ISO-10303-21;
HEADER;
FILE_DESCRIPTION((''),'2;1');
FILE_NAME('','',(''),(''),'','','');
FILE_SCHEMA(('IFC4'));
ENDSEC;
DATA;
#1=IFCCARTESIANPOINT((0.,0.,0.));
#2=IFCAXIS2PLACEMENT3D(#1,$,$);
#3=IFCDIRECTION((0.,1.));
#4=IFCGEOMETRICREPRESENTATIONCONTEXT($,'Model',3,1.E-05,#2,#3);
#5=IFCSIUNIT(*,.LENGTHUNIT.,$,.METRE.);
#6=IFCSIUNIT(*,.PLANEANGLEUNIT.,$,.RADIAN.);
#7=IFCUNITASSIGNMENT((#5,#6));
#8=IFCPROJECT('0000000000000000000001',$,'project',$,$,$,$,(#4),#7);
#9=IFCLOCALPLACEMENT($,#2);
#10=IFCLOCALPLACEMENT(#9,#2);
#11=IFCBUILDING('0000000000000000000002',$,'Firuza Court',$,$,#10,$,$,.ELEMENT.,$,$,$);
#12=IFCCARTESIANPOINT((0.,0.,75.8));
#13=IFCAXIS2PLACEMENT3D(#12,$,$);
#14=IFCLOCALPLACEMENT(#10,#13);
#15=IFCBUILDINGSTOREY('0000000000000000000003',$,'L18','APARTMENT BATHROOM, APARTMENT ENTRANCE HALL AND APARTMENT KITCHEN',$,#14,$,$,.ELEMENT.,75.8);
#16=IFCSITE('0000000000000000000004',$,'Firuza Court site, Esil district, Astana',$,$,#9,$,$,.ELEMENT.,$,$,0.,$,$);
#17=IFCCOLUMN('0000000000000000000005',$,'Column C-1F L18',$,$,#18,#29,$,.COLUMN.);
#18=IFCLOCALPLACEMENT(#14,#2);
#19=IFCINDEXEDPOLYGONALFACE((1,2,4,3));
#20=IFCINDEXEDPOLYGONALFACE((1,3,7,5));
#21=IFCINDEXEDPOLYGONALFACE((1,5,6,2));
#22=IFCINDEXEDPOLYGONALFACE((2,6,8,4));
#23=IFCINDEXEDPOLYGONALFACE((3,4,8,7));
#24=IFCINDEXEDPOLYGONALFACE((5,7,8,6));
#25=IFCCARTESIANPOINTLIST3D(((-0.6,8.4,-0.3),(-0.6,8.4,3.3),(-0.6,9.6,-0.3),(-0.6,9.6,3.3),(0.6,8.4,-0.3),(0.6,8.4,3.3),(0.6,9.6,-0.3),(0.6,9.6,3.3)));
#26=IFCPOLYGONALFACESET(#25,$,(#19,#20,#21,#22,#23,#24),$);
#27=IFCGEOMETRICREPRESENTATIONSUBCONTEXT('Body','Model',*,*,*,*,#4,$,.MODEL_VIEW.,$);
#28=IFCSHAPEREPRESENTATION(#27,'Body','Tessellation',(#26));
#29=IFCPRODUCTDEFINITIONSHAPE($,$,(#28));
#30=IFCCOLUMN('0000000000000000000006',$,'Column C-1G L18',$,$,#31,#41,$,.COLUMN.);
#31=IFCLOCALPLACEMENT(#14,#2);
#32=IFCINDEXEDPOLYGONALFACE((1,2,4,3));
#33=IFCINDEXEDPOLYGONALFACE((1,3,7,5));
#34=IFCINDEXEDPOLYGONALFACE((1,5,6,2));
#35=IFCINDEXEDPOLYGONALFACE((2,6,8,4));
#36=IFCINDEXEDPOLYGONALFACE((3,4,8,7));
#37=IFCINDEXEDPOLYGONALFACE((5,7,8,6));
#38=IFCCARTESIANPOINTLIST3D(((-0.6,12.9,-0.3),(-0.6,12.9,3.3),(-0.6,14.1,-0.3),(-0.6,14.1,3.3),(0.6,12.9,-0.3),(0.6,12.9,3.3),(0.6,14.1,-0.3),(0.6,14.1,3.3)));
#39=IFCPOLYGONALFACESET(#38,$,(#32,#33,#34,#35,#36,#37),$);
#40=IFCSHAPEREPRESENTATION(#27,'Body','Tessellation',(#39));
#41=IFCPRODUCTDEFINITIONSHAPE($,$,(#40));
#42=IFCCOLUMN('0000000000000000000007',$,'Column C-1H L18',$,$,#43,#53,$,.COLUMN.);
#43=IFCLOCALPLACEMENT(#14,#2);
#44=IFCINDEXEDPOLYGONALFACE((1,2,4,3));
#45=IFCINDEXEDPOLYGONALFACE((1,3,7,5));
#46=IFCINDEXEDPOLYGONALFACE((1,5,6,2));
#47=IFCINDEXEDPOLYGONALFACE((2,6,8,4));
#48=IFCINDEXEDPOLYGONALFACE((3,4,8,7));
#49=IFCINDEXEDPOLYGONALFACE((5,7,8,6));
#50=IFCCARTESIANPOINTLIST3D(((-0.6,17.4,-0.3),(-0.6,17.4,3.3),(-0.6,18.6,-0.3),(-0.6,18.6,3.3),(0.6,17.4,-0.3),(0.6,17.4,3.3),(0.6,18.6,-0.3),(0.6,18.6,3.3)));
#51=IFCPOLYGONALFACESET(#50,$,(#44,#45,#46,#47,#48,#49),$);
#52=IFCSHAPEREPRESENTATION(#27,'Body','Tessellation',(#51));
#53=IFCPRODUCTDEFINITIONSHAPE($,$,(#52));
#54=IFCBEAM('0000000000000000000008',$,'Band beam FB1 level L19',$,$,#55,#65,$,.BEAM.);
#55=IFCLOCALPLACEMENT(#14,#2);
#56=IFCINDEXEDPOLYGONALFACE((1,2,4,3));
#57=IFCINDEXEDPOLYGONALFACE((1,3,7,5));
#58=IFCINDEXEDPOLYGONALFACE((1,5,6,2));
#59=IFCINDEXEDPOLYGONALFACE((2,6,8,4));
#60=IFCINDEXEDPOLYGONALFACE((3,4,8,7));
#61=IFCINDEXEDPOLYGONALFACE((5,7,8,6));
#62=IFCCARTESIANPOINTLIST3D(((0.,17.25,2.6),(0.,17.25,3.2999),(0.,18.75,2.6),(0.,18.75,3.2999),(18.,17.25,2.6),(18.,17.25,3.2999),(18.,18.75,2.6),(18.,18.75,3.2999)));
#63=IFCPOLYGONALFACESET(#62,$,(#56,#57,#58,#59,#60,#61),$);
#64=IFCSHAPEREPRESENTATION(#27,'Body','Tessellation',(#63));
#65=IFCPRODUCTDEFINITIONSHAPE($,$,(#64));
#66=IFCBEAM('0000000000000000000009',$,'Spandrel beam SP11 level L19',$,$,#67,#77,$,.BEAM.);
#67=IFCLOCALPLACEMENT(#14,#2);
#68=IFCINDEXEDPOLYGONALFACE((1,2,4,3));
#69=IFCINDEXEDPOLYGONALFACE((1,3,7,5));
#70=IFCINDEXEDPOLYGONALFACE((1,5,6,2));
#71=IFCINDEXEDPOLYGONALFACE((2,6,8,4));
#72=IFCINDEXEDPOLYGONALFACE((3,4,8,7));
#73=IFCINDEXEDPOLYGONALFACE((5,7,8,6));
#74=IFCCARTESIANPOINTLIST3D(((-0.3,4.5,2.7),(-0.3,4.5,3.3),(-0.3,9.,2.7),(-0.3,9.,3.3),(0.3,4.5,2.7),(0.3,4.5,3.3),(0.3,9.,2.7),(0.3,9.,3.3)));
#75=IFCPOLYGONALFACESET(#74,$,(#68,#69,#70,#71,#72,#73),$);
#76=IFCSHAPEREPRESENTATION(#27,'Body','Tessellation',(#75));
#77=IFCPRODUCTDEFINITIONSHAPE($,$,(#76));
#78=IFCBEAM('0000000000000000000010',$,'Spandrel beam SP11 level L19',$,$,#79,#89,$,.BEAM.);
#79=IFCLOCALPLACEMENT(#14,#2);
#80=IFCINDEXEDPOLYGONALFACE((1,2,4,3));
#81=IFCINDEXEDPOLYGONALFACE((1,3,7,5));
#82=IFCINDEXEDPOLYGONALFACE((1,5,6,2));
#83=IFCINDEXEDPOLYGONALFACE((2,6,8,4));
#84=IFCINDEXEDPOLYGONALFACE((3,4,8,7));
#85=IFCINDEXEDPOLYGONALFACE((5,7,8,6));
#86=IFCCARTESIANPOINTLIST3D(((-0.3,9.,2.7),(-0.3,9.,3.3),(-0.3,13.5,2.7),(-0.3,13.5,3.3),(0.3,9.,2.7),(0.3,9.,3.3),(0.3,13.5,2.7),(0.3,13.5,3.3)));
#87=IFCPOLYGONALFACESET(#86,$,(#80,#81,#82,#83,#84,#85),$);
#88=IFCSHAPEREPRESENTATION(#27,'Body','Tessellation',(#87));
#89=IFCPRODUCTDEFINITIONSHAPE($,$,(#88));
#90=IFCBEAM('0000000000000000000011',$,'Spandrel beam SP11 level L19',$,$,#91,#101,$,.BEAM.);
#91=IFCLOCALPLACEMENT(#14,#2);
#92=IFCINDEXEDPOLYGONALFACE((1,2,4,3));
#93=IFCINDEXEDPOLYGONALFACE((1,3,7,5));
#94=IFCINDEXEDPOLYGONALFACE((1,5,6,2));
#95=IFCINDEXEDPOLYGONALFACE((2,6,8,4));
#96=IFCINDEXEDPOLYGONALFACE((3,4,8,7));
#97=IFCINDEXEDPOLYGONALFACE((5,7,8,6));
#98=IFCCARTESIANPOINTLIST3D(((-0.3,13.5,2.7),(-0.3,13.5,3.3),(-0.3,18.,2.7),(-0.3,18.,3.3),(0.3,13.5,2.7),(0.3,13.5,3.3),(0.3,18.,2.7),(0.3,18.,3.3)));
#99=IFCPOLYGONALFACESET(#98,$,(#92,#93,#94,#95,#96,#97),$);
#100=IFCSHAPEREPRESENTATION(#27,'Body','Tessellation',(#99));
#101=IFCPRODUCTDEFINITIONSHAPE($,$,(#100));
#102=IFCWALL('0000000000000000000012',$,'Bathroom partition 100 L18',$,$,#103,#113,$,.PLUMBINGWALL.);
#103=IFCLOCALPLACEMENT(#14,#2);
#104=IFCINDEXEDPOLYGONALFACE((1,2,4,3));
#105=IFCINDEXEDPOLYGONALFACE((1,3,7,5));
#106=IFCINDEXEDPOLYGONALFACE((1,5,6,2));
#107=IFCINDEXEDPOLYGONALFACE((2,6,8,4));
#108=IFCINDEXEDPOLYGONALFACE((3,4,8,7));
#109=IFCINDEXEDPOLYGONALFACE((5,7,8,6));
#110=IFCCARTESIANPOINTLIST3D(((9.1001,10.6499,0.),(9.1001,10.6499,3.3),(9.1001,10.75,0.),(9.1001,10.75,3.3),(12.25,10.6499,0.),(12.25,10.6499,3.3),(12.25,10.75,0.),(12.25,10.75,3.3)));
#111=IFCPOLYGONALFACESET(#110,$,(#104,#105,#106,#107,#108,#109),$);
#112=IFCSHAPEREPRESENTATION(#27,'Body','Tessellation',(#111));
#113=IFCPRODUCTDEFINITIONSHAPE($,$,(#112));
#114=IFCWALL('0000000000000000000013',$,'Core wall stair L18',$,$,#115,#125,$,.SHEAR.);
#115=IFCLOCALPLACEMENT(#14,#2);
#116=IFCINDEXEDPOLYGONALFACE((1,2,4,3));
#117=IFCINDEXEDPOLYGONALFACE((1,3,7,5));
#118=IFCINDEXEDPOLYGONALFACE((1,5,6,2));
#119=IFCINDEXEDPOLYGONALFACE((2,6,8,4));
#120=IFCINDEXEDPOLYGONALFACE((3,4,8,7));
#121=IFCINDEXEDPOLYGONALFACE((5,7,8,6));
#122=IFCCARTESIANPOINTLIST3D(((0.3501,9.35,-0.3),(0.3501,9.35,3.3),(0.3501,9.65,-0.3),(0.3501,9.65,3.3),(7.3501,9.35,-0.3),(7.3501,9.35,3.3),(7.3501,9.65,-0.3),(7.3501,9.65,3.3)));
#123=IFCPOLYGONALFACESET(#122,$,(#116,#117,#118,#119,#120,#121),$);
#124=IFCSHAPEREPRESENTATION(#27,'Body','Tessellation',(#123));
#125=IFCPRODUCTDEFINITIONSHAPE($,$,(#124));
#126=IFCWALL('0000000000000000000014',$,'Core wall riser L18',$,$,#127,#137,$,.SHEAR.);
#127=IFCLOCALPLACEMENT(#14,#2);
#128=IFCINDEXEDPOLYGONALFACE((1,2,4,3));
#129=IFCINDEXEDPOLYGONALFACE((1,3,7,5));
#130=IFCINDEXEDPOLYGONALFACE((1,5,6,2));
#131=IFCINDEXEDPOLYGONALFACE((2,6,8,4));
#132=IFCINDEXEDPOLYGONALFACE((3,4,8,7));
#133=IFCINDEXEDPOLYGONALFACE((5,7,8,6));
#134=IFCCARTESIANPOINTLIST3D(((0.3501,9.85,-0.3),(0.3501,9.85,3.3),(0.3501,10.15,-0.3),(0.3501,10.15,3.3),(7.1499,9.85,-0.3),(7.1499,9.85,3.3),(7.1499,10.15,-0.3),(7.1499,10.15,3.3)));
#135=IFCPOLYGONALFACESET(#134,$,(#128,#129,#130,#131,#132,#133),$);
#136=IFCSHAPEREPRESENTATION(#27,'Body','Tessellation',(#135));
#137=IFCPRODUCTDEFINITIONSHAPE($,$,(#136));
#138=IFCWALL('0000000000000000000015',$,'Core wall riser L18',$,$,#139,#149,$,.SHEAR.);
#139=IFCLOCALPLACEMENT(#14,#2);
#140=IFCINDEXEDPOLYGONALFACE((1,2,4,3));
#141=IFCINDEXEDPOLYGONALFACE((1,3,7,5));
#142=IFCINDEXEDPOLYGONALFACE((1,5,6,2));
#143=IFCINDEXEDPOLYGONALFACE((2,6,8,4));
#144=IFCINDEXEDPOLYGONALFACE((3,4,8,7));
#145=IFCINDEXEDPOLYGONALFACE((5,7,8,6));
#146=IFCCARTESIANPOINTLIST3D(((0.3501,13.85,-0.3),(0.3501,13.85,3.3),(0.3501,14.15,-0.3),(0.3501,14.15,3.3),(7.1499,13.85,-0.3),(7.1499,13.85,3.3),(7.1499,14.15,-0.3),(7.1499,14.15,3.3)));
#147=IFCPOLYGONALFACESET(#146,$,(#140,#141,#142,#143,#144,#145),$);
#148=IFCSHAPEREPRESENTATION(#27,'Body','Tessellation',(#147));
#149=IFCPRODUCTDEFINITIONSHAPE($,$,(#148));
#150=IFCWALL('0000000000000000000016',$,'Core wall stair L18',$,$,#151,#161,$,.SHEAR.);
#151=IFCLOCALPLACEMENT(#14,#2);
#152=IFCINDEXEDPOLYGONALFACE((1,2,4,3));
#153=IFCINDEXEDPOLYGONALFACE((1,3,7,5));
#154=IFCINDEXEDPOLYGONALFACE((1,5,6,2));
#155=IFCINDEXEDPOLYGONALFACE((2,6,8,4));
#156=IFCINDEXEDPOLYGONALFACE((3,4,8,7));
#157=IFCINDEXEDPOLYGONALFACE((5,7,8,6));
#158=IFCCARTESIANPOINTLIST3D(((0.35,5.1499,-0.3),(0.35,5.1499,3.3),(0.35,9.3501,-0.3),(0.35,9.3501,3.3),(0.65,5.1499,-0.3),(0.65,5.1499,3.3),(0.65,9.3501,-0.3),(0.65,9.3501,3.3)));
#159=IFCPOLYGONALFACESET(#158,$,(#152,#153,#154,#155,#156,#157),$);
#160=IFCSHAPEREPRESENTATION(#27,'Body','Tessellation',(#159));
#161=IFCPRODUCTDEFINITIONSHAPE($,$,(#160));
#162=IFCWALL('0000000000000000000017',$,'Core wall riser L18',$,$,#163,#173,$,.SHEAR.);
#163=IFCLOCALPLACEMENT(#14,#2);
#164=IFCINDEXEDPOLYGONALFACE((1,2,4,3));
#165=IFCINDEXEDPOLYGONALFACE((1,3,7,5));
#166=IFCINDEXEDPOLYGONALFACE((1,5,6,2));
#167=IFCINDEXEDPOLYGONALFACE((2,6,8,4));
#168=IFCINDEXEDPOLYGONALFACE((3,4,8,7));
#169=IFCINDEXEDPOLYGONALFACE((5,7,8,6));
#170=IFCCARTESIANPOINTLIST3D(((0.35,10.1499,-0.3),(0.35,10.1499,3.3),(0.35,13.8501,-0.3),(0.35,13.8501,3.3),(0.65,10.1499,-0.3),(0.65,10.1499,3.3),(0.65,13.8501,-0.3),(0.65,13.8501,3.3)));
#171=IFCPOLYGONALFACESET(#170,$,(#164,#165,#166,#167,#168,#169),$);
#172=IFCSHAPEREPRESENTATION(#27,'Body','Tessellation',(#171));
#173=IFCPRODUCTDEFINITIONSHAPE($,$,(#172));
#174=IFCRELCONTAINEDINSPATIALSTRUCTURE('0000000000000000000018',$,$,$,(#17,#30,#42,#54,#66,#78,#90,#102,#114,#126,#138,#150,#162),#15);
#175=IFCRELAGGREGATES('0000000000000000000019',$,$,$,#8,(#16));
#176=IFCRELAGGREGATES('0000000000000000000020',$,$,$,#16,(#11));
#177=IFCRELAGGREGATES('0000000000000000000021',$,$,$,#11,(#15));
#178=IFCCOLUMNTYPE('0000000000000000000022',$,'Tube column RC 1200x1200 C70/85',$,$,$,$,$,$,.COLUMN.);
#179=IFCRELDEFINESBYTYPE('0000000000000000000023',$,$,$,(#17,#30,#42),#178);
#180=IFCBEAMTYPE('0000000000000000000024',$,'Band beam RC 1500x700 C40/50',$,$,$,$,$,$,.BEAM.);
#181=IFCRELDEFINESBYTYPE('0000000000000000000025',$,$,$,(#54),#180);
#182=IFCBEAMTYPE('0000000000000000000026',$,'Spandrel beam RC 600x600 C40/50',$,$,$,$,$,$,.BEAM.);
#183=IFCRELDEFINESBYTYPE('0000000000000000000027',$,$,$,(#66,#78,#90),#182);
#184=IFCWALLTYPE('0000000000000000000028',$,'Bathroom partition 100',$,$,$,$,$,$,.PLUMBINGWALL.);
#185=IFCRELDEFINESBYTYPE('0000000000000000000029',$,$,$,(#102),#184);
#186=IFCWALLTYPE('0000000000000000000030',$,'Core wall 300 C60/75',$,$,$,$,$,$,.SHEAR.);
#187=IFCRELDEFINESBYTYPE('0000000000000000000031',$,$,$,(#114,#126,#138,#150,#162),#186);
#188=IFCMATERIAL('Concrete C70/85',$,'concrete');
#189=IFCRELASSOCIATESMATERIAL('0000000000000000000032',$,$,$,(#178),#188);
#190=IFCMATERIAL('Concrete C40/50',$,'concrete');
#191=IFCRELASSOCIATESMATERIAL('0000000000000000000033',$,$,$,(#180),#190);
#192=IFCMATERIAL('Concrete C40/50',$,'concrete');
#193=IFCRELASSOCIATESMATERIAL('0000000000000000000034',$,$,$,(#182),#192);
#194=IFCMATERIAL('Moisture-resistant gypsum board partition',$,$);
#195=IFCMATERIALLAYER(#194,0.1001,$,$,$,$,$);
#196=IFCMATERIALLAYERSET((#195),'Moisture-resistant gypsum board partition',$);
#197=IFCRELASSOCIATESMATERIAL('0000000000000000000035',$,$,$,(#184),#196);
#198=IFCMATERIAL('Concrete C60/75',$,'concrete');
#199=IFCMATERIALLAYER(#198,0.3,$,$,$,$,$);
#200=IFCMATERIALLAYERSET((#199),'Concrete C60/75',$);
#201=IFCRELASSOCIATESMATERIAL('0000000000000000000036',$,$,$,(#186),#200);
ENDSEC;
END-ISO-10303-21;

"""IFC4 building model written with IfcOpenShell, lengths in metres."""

from ifc_helpers import new_model, si_unit, direction, frame, frame_2d, origin, origin_2d, place, context, subcontext, project, spatial, rectangle, extrude, material, layer, layer_set, material_profile, profile_set, type_object, element, save


model = new_model("IFC4")

# Units and contexts
model_context = context("Model", 3, precision=1e-05, world=origin(), true_north=direction((0.0, 1.0)))
body_context = subcontext(model_context, "Body", "Model", "MODEL_VIEW")
ifc_project = project(units=[si_unit("LENGTHUNIT", "METRE"), si_unit("PLANEANGLEUNIT", "RADIAN")], contexts=[model_context])

# Site, building, storey
site_placement = place(None, origin())
site = spatial("IfcSite", under=ifc_project, at=site_placement, Name="Firuza Court site, Esil district, Astana", CompositionType="ELEMENT", RefElevation=0.0)
building_placement = place(site_placement, origin())
building = spatial("IfcBuilding", under=site, at=building_placement, Name="Firuza Court", CompositionType="ELEMENT")
storey_placement = place(building_placement, frame((0.0, 0.0, 75.8)))
storey = spatial("IfcBuildingStorey", under=building, at=storey_placement, Name="L18", Description="APARTMENT BATHROOM, APARTMENT ENTRANCE HALL AND APARTMENT KITCHEN", CompositionType="ELEMENT", Elevation=75.8)

# Columns
ifc_material_1 = material(Name="Concrete C70/85", Category="concrete")
ifc_material_profile_1 = material_profile(ifc_material_1, rectangle(XDim=1.2, YDim=1.2, at=origin_2d()), Name="RC 1200x1200")
ifc_profile_set_1 = profile_set([ifc_material_profile_1], Name="Concrete C70/85")
column_type = type_object("IfcColumnType", Name="Tube column RC 1200x1200 C70/85", PredefinedType="COLUMN", material=ifc_profile_set_1)
for number, where, z_axis, x_axis, name in (
    (1, (0.0, 9.0, -0.3), (0.0, 0.0, 1.0), (1.0, 0.0, 0.0), "Column C-1F L18"),
    (2, (0.0, 13.5, -0.3), (0.0, 0.0, 1.0), (1.0, 0.0, 0.0), "Column C-1G L18"),
    (3, (0.0, 18.0, -0.3), (0.0, 0.0, 1.0), (1.0, 0.0, 0.0), "Column C-1H L18"),
):
    element("IfcColumn", number, at=place(storey_placement, frame(where, z_axis=z_axis, x_axis=x_axis)), inside=storey, type_object=column_type, Name=name, PredefinedType="COLUMN", context=body_context, shape_type="SweptSolid", body=[
        extrude(rectangle(XDim=1.2, YDim=1.2, at=origin_2d()), origin(), (0.0, 0.0, 1.0), 3.6001),
    ])

# Beams
ifc_material_2 = material(Name="Concrete C40/50", Category="concrete")
ifc_material_profile_2 = material_profile(ifc_material_2, rectangle(XDim=1.5, YDim=0.7, at=origin_2d()), Name="RC 1500x700")
ifc_profile_set_2 = profile_set([ifc_material_profile_2], Name="Concrete C40/50")
beam_type_1 = type_object("IfcBeamType", Name="Band beam RC 1500x700 C40/50", PredefinedType="BEAM", material=ifc_profile_set_2)
beam_placement = place(storey_placement, frame((0.0, 18.0, 2.95), z_axis=(1.0, 0.0, 0.0), x_axis=(0.0, 1.0, 0.0)))
element("IfcBeam", 4, at=beam_placement, inside=storey, type_object=beam_type_1, Name="Band beam FB1 level L19", PredefinedType="BEAM", context=body_context, shape_type="SweptSolid", body=[
    extrude(rectangle(XDim=1.5, YDim=0.7, at=origin_2d()), origin(), (0.0, 0.0, 1.0), 18.0),
])
ifc_material_3 = material(Name="Concrete C40/50", Category="concrete")
ifc_material_profile_3 = material_profile(ifc_material_3, rectangle(XDim=0.6001, YDim=0.6001, at=origin_2d()), Name="RC 600x600")
ifc_profile_set_3 = profile_set([ifc_material_profile_3], Name="Concrete C40/50")
beam_type_2 = type_object("IfcBeamType", Name="Spandrel beam RC 600x600 C40/50", PredefinedType="BEAM", material=ifc_profile_set_3)
for number, where, z_axis, x_axis, name in (
    (5, (0.0, 9.0, 3.0), (0.0, -1.0, 0.0), (1.0, 0.0, 0.0), "Spandrel beam SP11 level L19"),
    (6, (0.0, 13.5, 3.0), (0.0, -1.0, 0.0), (1.0, 0.0, 0.0), "Spandrel beam SP11 level L19"),
    (7, (0.0, 18.0, 3.0), (0.0, -1.0, 0.0), (1.0, 0.0, 0.0), "Spandrel beam SP11 level L19"),
):
    element("IfcBeam", number, at=place(storey_placement, frame(where, z_axis=z_axis, x_axis=x_axis)), inside=storey, type_object=beam_type_2, Name=name, PredefinedType="BEAM", context=body_context, shape_type="SweptSolid", body=[
        extrude(rectangle(XDim=0.6001, YDim=0.6001, at=origin_2d()), origin(), (0.0, 0.0, 1.0), 4.5),
    ])

# Walls
ifc_material_4 = material(Name="Moisture-resistant gypsum board partition")
ifc_layer_1 = layer(ifc_material_4, 0.1001)
ifc_layer_set_1 = layer_set([ifc_layer_1], Name="Moisture-resistant gypsum board partition")
wall_type_1 = type_object("IfcWallType", Name="Bathroom partition 100", PredefinedType="PLUMBINGWALL", material=ifc_layer_set_1)
wall_1_placement = place(storey_placement, frame((9.1001, 10.7, 0.0), z_axis=(0.0, 0.0, 1.0), x_axis=(1.0, 0.0, 0.0)))
element("IfcWall", 8, at=wall_1_placement, inside=storey, type_object=wall_type_1, Name="Bathroom partition 100 L18", PredefinedType="PLUMBINGWALL", context=body_context, shape_type="SweptSolid", body=[
    extrude(rectangle(XDim=3.1499, YDim=0.1001, at=frame_2d((1.575, 0.0))), origin(), (0.0, 0.0, 1.0), 3.3),
])
ifc_material_5 = material(Name="Concrete C60/75", Category="concrete")
ifc_layer_2 = layer(ifc_material_5, 0.3)
ifc_layer_set_2 = layer_set([ifc_layer_2], Name="Concrete C60/75")
wall_type_2 = type_object("IfcWallType", Name="Core wall 300 C60/75", PredefinedType="SHEAR", material=ifc_layer_set_2)
wall_2_placement = place(storey_placement, frame((0.3501, 9.5, -0.3), z_axis=(0.0, 0.0, 1.0), x_axis=(1.0, 0.0, 0.0)))
element("IfcWall", 9, at=wall_2_placement, inside=storey, type_object=wall_type_2, Name="Core wall stair L18", PredefinedType="SHEAR", context=body_context, shape_type="SweptSolid", body=[
    extrude(rectangle(XDim=7.0, YDim=0.3, at=frame_2d((3.5, 0.0))), origin(), (0.0, 0.0, 1.0), 3.6001),
])
for number, where, z_axis, x_axis, name in (
    (10, (0.3501, 10.0, -0.3), (0.0, 0.0, 1.0), (1.0, 0.0, 0.0), "Core wall riser L18"),
    (11, (0.3501, 14.0, -0.3), (0.0, 0.0, 1.0), (1.0, 0.0, 0.0), "Core wall riser L18"),
):
    element("IfcWall", number, at=place(storey_placement, frame(where, z_axis=z_axis, x_axis=x_axis)), inside=storey, type_object=wall_type_2, Name=name, PredefinedType="SHEAR", context=body_context, shape_type="SweptSolid", body=[
        extrude(rectangle(XDim=6.7998, YDim=0.3, at=frame_2d((3.3999, 0.0))), origin(), (0.0, 0.0, 1.0), 3.6001),
    ])
wall_3_placement = place(storey_placement, frame((0.5, 5.1499, -0.3), z_axis=(0.0, 0.0, 1.0), x_axis=(0.0, 1.0, 0.0)))
element("IfcWall", 12, at=wall_3_placement, inside=storey, type_object=wall_type_2, Name="Core wall stair L18", PredefinedType="SHEAR", context=body_context, shape_type="SweptSolid", body=[
    extrude(rectangle(XDim=4.2002, YDim=0.3, at=frame_2d((2.1001, 0.0))), origin(), (0.0, 0.0, 1.0), 3.6001),
])
wall_4_placement = place(storey_placement, frame((0.5, 10.1499, -0.3), z_axis=(0.0, 0.0, 1.0), x_axis=(0.0, 1.0, 0.0)))
element("IfcWall", 13, at=wall_4_placement, inside=storey, type_object=wall_type_2, Name="Core wall riser L18", PredefinedType="SHEAR", context=body_context, shape_type="SweptSolid", body=[
    extrude(rectangle(XDim=3.7002, YDim=0.3, at=frame_2d((1.8501, 0.0))), origin(), (0.0, 0.0, 1.0), 3.6001),
])

save(model, "model.ifc")
